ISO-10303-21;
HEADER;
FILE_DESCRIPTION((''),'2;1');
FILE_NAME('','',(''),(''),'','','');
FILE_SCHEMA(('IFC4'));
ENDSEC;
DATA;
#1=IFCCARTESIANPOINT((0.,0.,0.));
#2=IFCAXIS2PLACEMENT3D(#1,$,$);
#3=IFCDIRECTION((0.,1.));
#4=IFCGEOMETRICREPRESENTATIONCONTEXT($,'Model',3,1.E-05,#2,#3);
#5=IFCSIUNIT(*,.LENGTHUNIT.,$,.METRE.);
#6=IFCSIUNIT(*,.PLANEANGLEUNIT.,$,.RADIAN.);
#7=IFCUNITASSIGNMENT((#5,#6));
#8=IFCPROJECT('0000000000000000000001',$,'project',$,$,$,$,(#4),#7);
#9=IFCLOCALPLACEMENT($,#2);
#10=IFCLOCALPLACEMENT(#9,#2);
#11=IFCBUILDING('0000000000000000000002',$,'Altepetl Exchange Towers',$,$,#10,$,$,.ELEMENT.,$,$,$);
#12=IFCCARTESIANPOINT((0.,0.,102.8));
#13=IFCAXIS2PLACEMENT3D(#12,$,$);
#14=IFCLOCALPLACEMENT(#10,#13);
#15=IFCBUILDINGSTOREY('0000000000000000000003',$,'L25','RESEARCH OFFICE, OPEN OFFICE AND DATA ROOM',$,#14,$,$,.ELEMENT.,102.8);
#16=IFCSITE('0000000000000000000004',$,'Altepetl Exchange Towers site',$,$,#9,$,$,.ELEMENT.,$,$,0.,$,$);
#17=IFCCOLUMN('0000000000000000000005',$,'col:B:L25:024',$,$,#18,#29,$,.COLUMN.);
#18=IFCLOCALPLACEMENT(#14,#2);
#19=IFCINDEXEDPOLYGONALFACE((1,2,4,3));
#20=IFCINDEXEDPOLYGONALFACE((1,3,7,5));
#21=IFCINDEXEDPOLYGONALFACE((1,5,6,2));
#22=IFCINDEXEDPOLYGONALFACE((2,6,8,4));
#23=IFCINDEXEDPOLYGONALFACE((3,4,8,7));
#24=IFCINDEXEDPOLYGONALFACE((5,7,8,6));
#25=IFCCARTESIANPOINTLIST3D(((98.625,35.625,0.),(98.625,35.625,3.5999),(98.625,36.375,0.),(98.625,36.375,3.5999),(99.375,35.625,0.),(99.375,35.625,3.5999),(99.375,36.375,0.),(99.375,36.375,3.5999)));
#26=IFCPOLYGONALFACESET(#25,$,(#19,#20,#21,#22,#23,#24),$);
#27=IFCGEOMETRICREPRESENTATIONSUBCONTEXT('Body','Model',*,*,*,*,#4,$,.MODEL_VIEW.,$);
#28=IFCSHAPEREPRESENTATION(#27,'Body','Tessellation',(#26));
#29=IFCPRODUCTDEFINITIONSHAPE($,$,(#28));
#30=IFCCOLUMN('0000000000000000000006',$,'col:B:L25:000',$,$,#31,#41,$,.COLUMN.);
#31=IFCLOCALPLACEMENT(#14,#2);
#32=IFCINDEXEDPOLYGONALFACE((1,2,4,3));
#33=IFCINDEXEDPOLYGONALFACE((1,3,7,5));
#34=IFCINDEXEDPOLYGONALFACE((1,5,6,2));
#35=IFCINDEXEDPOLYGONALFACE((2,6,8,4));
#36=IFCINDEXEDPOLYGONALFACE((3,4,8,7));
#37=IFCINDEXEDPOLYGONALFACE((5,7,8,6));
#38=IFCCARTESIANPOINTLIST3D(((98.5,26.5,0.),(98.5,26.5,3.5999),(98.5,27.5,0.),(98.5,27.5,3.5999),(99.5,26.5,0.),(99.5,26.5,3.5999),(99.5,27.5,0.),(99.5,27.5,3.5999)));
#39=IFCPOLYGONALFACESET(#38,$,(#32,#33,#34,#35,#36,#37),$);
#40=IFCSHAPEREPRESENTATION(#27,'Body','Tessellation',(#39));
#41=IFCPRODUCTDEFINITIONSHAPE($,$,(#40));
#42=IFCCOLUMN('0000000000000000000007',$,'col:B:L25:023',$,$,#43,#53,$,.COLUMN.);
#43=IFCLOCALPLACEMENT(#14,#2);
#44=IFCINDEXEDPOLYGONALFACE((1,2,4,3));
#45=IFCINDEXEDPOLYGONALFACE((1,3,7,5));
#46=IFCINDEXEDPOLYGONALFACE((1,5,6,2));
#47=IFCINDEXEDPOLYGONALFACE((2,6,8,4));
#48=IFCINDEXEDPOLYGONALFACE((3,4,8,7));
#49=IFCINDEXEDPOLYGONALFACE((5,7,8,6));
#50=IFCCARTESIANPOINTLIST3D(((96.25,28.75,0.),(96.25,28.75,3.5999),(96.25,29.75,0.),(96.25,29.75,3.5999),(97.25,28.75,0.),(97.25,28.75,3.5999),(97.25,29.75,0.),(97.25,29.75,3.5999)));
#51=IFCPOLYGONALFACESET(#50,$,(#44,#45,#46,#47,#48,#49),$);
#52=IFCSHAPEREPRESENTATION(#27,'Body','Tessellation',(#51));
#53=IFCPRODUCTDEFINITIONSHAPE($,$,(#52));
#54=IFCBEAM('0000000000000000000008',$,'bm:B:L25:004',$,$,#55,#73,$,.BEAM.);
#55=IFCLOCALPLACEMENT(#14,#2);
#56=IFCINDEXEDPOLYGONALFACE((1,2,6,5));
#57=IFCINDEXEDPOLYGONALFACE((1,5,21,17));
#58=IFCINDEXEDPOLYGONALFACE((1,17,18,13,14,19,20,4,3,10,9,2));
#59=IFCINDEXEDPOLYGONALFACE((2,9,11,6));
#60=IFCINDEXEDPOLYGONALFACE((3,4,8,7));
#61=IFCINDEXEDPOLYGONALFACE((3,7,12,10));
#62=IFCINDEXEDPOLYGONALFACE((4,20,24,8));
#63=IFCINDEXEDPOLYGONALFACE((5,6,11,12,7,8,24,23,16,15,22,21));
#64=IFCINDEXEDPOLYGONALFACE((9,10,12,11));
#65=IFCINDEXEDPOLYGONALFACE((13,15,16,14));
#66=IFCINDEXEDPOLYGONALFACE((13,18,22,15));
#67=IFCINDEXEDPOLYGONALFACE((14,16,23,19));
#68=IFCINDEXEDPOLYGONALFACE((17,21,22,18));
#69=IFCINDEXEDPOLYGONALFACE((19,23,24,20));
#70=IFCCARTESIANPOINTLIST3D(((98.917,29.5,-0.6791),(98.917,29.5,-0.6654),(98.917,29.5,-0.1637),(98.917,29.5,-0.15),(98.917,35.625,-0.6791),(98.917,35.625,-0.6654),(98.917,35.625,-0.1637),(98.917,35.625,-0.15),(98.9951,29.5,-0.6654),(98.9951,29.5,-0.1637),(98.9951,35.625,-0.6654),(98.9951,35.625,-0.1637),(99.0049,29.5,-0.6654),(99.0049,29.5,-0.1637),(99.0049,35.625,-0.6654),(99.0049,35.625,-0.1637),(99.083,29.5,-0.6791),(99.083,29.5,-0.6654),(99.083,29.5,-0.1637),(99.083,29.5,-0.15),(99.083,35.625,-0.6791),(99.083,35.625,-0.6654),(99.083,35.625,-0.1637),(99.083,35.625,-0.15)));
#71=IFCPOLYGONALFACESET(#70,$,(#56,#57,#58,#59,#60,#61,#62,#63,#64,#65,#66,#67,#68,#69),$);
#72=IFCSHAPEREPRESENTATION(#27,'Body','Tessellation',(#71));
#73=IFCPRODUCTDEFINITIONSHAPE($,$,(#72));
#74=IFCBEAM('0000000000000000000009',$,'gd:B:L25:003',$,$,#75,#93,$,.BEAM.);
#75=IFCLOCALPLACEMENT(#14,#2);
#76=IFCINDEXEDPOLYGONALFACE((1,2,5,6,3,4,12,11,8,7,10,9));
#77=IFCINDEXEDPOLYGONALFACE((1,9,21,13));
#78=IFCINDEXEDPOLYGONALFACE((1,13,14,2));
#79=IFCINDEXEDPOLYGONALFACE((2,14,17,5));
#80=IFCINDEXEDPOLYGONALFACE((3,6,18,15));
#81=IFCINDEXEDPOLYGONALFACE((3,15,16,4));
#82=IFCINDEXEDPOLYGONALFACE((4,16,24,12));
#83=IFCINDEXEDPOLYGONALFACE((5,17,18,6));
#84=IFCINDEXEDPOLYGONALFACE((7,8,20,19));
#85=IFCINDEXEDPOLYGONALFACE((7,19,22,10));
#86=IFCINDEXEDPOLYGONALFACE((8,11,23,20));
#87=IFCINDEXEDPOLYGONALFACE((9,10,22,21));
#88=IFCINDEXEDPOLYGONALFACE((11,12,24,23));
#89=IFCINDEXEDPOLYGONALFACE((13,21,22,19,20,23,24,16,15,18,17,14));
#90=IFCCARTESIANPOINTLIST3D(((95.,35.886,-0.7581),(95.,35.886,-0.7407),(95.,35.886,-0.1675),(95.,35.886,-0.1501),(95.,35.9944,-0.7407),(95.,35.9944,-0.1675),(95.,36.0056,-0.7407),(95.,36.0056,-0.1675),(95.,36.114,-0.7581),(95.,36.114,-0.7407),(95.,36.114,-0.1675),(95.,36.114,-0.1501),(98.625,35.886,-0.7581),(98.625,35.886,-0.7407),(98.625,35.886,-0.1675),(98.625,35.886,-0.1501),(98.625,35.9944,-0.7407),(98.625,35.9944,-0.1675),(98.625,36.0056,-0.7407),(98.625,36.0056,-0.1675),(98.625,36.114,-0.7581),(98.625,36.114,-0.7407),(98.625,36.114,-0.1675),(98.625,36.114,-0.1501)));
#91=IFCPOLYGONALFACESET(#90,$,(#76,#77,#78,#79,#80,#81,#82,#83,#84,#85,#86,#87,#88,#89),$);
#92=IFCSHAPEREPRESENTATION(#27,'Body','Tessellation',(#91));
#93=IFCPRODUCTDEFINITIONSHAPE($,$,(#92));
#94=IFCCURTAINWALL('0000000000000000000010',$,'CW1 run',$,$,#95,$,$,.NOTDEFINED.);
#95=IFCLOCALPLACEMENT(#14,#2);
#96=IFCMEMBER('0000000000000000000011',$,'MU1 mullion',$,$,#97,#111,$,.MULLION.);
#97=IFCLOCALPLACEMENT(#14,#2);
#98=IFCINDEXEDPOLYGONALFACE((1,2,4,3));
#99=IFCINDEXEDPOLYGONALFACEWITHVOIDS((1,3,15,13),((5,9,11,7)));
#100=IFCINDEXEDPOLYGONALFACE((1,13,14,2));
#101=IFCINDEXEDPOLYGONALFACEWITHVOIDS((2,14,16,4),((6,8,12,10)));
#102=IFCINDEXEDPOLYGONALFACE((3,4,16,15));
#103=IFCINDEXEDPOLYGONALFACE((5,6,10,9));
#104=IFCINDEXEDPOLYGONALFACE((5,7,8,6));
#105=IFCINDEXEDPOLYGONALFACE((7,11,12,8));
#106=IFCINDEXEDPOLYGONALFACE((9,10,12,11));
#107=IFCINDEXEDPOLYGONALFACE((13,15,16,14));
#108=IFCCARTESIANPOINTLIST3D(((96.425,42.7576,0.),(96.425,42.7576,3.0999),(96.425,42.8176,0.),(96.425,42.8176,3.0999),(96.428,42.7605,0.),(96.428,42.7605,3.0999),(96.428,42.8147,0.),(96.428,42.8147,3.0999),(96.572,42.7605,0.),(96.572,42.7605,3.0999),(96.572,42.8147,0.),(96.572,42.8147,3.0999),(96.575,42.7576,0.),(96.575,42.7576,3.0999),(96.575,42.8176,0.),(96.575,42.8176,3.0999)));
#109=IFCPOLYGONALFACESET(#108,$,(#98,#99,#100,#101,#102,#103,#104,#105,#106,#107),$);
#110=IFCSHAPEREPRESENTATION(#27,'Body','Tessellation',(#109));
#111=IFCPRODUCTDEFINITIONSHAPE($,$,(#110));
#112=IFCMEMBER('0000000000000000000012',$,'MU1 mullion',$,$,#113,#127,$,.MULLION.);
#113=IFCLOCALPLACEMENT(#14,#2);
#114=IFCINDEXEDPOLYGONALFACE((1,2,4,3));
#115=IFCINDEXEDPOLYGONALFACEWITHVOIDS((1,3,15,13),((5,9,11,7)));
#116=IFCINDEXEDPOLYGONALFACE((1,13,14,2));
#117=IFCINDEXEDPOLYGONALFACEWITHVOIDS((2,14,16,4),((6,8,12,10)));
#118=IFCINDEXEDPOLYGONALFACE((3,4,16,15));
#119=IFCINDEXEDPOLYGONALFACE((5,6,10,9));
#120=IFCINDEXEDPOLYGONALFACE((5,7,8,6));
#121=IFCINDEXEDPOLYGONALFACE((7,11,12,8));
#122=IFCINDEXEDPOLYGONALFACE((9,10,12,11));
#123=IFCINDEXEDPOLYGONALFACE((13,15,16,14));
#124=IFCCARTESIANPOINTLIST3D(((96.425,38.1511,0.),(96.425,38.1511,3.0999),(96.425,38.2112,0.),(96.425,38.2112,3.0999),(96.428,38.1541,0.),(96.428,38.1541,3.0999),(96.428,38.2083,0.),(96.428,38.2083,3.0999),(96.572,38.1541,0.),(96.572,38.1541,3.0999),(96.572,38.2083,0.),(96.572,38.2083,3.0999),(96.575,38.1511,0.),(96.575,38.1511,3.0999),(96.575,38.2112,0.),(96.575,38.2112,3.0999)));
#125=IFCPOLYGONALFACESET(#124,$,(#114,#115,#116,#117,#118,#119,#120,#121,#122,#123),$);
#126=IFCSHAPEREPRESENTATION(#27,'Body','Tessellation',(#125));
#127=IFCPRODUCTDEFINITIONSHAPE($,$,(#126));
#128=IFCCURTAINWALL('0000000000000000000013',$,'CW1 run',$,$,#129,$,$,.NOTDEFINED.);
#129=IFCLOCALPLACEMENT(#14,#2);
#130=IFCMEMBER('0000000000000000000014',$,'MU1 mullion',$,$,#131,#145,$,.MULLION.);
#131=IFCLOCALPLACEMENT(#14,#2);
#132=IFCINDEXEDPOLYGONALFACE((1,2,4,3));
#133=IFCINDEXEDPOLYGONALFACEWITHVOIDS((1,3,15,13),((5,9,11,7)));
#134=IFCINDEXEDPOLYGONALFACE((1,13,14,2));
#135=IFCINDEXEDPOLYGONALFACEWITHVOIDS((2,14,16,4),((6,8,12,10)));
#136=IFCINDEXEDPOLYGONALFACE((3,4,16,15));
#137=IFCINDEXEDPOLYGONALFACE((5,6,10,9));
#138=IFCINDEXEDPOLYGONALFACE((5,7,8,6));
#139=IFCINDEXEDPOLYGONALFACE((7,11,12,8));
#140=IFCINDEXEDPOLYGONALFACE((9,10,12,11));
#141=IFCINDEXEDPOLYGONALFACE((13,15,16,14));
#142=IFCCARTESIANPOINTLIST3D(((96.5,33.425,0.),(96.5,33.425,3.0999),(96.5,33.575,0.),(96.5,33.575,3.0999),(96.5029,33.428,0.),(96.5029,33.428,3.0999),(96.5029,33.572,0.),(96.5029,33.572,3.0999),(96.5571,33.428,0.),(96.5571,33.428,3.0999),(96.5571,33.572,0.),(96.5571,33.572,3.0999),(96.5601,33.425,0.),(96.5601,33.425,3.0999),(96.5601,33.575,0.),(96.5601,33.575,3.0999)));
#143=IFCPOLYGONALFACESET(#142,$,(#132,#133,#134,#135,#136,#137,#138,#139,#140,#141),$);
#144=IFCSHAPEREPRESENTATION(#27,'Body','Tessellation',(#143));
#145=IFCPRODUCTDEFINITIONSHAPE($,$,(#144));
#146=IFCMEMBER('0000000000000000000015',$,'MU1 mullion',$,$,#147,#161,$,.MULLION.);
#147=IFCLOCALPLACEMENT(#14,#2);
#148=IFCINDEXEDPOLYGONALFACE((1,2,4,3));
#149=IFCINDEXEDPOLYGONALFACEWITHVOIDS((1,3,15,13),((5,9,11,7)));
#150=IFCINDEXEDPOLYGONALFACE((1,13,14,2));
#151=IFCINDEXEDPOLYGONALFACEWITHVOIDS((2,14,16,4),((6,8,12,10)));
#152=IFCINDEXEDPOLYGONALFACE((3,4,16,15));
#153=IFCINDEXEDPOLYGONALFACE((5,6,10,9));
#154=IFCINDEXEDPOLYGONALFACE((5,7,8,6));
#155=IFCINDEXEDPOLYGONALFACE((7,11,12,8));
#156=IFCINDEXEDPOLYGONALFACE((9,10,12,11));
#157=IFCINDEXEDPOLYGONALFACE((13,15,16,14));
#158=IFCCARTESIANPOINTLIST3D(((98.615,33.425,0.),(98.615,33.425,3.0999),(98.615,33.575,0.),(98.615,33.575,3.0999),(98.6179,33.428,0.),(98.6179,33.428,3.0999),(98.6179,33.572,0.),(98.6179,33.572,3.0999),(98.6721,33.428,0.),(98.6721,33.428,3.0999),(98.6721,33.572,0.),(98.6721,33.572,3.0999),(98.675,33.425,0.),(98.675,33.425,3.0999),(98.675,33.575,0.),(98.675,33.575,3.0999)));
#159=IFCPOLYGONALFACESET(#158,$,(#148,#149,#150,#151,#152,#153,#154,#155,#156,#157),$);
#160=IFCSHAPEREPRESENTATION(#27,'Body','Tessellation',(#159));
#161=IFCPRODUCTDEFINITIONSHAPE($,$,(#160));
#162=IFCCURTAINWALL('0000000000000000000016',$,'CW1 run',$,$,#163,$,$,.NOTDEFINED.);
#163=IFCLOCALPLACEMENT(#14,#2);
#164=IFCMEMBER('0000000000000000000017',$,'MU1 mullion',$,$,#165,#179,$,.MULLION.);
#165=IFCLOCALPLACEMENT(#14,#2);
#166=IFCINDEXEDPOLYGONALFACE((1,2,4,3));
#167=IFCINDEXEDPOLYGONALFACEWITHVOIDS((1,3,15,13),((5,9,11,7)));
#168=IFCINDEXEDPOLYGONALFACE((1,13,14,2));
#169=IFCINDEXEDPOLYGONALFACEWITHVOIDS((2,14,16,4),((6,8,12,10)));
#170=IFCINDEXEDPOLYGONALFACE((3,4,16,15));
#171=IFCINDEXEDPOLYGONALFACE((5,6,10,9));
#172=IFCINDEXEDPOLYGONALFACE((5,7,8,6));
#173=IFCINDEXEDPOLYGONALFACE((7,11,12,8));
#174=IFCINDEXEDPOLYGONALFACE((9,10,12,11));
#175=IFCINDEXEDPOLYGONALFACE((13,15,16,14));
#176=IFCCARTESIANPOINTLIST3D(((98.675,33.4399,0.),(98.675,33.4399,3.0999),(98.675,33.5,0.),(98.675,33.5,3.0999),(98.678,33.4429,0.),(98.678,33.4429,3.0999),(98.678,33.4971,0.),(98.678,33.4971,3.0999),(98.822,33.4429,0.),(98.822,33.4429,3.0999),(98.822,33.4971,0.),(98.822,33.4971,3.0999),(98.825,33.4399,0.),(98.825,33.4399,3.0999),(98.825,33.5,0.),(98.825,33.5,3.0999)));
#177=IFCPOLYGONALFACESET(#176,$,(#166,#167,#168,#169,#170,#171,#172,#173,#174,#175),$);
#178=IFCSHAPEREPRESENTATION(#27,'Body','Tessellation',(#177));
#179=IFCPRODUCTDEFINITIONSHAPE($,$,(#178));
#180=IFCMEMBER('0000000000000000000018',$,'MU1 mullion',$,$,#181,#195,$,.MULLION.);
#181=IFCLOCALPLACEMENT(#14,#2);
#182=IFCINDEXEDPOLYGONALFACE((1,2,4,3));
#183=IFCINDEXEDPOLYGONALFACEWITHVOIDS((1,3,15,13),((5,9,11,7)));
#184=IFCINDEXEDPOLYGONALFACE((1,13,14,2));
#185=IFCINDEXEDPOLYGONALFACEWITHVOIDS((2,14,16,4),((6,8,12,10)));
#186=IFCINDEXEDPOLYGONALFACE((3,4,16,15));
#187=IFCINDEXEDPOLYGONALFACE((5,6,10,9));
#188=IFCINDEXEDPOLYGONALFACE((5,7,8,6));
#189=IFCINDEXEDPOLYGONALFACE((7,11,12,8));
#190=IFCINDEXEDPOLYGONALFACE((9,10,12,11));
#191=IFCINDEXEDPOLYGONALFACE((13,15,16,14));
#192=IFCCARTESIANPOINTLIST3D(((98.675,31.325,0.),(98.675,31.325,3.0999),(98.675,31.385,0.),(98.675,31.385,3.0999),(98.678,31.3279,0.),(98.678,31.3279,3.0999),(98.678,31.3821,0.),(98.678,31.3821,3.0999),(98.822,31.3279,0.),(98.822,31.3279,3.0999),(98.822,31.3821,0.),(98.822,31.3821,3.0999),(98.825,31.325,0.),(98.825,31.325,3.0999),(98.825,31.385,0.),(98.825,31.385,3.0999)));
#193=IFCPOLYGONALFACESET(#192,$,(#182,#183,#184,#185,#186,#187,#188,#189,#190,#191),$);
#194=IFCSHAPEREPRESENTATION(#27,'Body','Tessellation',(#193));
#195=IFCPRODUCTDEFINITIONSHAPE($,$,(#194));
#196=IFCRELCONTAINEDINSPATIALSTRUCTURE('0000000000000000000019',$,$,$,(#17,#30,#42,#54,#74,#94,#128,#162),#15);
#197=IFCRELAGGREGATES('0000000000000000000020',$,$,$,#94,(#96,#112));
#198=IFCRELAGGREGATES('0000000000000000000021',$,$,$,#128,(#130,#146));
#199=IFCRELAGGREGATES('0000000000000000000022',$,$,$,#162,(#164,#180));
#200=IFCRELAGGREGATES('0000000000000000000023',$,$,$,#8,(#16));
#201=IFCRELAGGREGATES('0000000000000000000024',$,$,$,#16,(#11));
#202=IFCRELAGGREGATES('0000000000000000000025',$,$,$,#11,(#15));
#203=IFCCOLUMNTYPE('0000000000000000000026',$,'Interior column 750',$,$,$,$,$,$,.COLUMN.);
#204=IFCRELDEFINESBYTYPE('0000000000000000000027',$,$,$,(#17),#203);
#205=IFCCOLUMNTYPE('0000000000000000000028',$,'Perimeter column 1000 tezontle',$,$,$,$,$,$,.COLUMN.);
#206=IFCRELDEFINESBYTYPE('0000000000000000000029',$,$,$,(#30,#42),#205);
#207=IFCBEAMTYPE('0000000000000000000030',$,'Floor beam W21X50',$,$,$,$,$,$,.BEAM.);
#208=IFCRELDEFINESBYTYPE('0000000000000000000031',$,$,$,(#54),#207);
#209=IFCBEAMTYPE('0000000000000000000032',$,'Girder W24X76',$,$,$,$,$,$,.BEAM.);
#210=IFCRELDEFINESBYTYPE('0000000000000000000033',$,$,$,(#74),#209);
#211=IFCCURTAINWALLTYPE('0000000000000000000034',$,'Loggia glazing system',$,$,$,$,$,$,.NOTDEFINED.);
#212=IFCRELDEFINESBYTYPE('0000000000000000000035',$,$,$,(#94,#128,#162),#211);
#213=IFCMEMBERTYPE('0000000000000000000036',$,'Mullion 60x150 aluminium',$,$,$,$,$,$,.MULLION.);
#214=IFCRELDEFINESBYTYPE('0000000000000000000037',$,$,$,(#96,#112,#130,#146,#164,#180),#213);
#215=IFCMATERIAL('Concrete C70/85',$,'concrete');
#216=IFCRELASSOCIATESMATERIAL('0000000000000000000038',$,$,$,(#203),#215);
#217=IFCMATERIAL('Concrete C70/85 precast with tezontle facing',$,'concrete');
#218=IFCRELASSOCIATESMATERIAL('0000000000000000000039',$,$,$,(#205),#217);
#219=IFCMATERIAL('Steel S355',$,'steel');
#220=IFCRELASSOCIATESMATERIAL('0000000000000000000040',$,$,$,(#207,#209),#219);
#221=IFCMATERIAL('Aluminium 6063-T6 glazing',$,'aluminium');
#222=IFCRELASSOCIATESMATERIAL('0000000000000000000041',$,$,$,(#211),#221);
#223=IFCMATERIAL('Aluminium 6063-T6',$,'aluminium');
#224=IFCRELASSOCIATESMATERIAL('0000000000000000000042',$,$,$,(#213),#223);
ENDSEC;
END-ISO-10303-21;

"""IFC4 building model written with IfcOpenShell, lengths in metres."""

from ifc_helpers import new_model, si_unit, direction, frame, origin, origin_2d, place, context, subcontext, project, spatial, rectangle, hollow_rectangle, i_section, extrude, material, material_profile, profile_set, type_object, element, aggregate, save


model = new_model("IFC4")

# Units and contexts
model_context = context("Model", 3, precision=1e-05, world=origin(), true_north=direction((0.0, 1.0)))
body_context = subcontext(model_context, "Body", "Model", "MODEL_VIEW")
ifc_project = project(units=[si_unit("LENGTHUNIT", "METRE"), si_unit("PLANEANGLEUNIT", "RADIAN")], contexts=[model_context])

# Site, building, storey
site_placement = place(None, origin())
site = spatial("IfcSite", under=ifc_project, at=site_placement, Name="Altepetl Exchange Towers site", CompositionType="ELEMENT", RefElevation=0.0)
building_placement = place(site_placement, origin())
building = spatial("IfcBuilding", under=site, at=building_placement, Name="Altepetl Exchange Towers", CompositionType="ELEMENT")
storey_placement = place(building_placement, frame((0.0, 0.0, 102.8)))
storey = spatial("IfcBuildingStorey", under=building, at=storey_placement, Name="L25", Description="RESEARCH OFFICE, OPEN OFFICE AND DATA ROOM", CompositionType="ELEMENT", Elevation=102.8)

# Columns
ifc_material_1 = material(Name="Concrete C70/85", Category="concrete")
ifc_material_profile_1 = material_profile(ifc_material_1, rectangle(XDim=0.75, YDim=0.75, at=origin_2d()), Name="750 x 750")
ifc_profile_set_1 = profile_set([ifc_material_profile_1], Name="Concrete C70/85")
column_type_1 = type_object("IfcColumnType", Name="Interior column 750", PredefinedType="COLUMN", material=ifc_profile_set_1)
column_placement = place(storey_placement, frame((99.0, 36.0, 0.0)))
element("IfcColumn", 1, at=column_placement, inside=storey, type_object=column_type_1, Name="col:B:L25:024", PredefinedType="COLUMN", context=body_context, shape_type="SweptSolid", body=[
    extrude(rectangle(XDim=0.75, YDim=0.75, at=origin_2d()), origin(), (0.0, 0.0, 1.0), 3.5999),
])
ifc_material_2 = material(Name="Concrete C70/85 precast with tezontle facing", Category="concrete")
ifc_material_profile_2 = material_profile(ifc_material_2, rectangle(XDim=1.0, YDim=1.0, at=origin_2d()), Name="1000 x 1000")
ifc_profile_set_2 = profile_set([ifc_material_profile_2], Name="Concrete C70/85 precast with tezontle facing")
column_type_2 = type_object("IfcColumnType", Name="Perimeter column 1000 tezontle", PredefinedType="COLUMN", material=ifc_profile_set_2)
for number, where, name in (
    (2, (99.0, 27.0, 0.0), "col:B:L25:000"),
    (3, (96.75, 29.25, 0.0), "col:B:L25:023"),
):
    element("IfcColumn", number, at=place(storey_placement, frame(where)), inside=storey, type_object=column_type_2, Name=name, PredefinedType="COLUMN", context=body_context, shape_type="SweptSolid", body=[
        extrude(rectangle(XDim=1.0, YDim=1.0, at=origin_2d()), origin(), (0.0, 0.0, 1.0), 3.5999),
    ])

# Beams
ifc_material_3 = material(Name="Steel S355", Category="steel")
ifc_material_profile_3 = material_profile(ifc_material_3, i_section(OverallWidth=0.166, OverallDepth=0.5291, WebThickness=0.0098, FlangeThickness=0.0137, at=origin_2d()), Name="W21X50")
ifc_profile_set_3 = profile_set([ifc_material_profile_3], Name="Steel S355")
beam_type_1 = type_object("IfcBeamType", Name="Floor beam W21X50", PredefinedType="BEAM", material=ifc_profile_set_3)
beam_1_placement = place(storey_placement, frame((99.0, 29.5, -0.4146), z_axis=(0.0, 1.0, 0.0), x_axis=(-1.0, 0.0, 0.0)))
element("IfcBeam", 4, at=beam_1_placement, inside=storey, type_object=beam_type_1, Name="bm:B:L25:004", PredefinedType="BEAM", context=body_context, shape_type="SweptSolid", body=[
    extrude(i_section(OverallWidth=0.166, OverallDepth=0.5291, WebThickness=0.0098, FlangeThickness=0.0137, at=origin_2d()), origin(), (0.0, 0.0, 1.0), 6.125),
])
ifc_material_profile_4 = material_profile(ifc_material_3, i_section(OverallWidth=0.228, OverallDepth=0.6079, WebThickness=0.0112, FlangeThickness=0.0173, at=origin_2d()), Name="W24X76")
ifc_profile_set_4 = profile_set([ifc_material_profile_4], Name="Steel S355")
beam_type_2 = type_object("IfcBeamType", Name="Girder W24X76", PredefinedType="BEAM", material=ifc_profile_set_4)
beam_2_placement = place(storey_placement, frame((98.625, 36.0, -0.4541), z_axis=(-1.0, 0.0, 0.0), x_axis=(0.0, -1.0, 0.0)))
element("IfcBeam", 5, at=beam_2_placement, inside=storey, type_object=beam_type_2, Name="gd:B:L25:003", PredefinedType="BEAM", context=body_context, shape_type="SweptSolid", body=[
    extrude(i_section(OverallWidth=0.228, OverallDepth=0.6079, WebThickness=0.0112, FlangeThickness=0.0173, at=origin_2d()), origin(), (0.0, 0.0, 1.0), 3.625),
])

# Curtain walls, members
ifc_material_4 = material(Name="Aluminium 6063-T6 glazing", Category="aluminium")
curtain_wall_type = type_object("IfcCurtainWallType", Name="Loggia glazing system", PredefinedType="NOTDEFINED", material=ifc_material_4)
curtain_wall_1_placement = place(storey_placement, origin())
curtain_wall_1 = element("IfcCurtainWall", 6, at=curtain_wall_1_placement, inside=storey, type_object=curtain_wall_type, Name="CW1 run", PredefinedType="NOTDEFINED")
ifc_material_5 = material(Name="Aluminium 6063-T6", Category="aluminium")
ifc_material_profile_5 = material_profile(ifc_material_5, hollow_rectangle(XDim=0.0601, YDim=0.1499, WallThickness=0.0029, at=origin_2d()), Name="Mullion 60x150 aluminium")
ifc_profile_set_5 = profile_set([ifc_material_profile_5], Name="Aluminium 6063-T6")
member_type = type_object("IfcMemberType", Name="Mullion 60x150 aluminium", PredefinedType="MULLION", material=ifc_profile_set_5)
member_1_placement = place(storey_placement, frame((96.5, 42.7876, 0.0), z_axis=(0.0, 0.0, 1.0), x_axis=(0.0, -1.0, 0.0)))
member_1 = element("IfcMember", 7, at=member_1_placement, type_object=member_type, Name="MU1 mullion", PredefinedType="MULLION", context=body_context, shape_type="SweptSolid", body=[
    extrude(hollow_rectangle(XDim=0.0601, YDim=0.1499, WallThickness=0.0029, at=origin_2d()), origin(), (0.0, 0.0, 1.0), 3.0999),
])
member_2_placement = place(storey_placement, frame((96.5, 38.1812, 0.0), z_axis=(0.0, 0.0, 1.0), x_axis=(0.0, -1.0, 0.0)))
member_2 = element("IfcMember", 8, at=member_2_placement, type_object=member_type, Name="MU1 mullion", PredefinedType="MULLION", context=body_context, shape_type="SweptSolid", body=[
    extrude(hollow_rectangle(XDim=0.0601, YDim=0.1499, WallThickness=0.0029, at=origin_2d()), origin(), (0.0, 0.0, 1.0), 3.0999),
])
curtain_wall_2_placement = place(storey_placement, origin())
curtain_wall_2 = element("IfcCurtainWall", 9, at=curtain_wall_2_placement, inside=storey, type_object=curtain_wall_type, Name="CW1 run", PredefinedType="NOTDEFINED")
member_3_placement = place(storey_placement, frame((96.53, 33.5, 0.0)))
member_3 = element("IfcMember", 10, at=member_3_placement, type_object=member_type, Name="MU1 mullion", PredefinedType="MULLION", context=body_context, shape_type="SweptSolid", body=[
    extrude(hollow_rectangle(XDim=0.0601, YDim=0.1499, WallThickness=0.0029, at=origin_2d()), origin(), (0.0, 0.0, 1.0), 3.0999),
])
member_4_placement = place(storey_placement, frame((98.645, 33.5, 0.0)))
member_4 = element("IfcMember", 11, at=member_4_placement, type_object=member_type, Name="MU1 mullion", PredefinedType="MULLION", context=body_context, shape_type="SweptSolid", body=[
    extrude(hollow_rectangle(XDim=0.0601, YDim=0.1499, WallThickness=0.0029, at=origin_2d()), origin(), (0.0, 0.0, 1.0), 3.0999),
])
curtain_wall_3_placement = place(storey_placement, origin())
curtain_wall_3 = element("IfcCurtainWall", 12, at=curtain_wall_3_placement, inside=storey, type_object=curtain_wall_type, Name="CW1 run", PredefinedType="NOTDEFINED")
member_5_placement = place(storey_placement, frame((98.75, 33.47, 0.0), z_axis=(0.0, 0.0, 1.0), x_axis=(0.0, -1.0, 0.0)))
member_5 = element("IfcMember", 13, at=member_5_placement, type_object=member_type, Name="MU1 mullion", PredefinedType="MULLION", context=body_context, shape_type="SweptSolid", body=[
    extrude(hollow_rectangle(XDim=0.0601, YDim=0.1499, WallThickness=0.0029, at=origin_2d()), origin(), (0.0, 0.0, 1.0), 3.0999),
])
member_6_placement = place(storey_placement, frame((98.75, 31.355, 0.0), z_axis=(0.0, 0.0, 1.0), x_axis=(0.0, -1.0, 0.0)))
member_6 = element("IfcMember", 14, at=member_6_placement, type_object=member_type, Name="MU1 mullion", PredefinedType="MULLION", context=body_context, shape_type="SweptSolid", body=[
    extrude(hollow_rectangle(XDim=0.0601, YDim=0.1499, WallThickness=0.0029, at=origin_2d()), origin(), (0.0, 0.0, 1.0), 3.0999),
])

aggregate(curtain_wall_1, [member_1, member_2])
aggregate(curtain_wall_2, [member_3, member_4])
aggregate(curtain_wall_3, [member_5, member_6])

save(model, "model.ifc")
